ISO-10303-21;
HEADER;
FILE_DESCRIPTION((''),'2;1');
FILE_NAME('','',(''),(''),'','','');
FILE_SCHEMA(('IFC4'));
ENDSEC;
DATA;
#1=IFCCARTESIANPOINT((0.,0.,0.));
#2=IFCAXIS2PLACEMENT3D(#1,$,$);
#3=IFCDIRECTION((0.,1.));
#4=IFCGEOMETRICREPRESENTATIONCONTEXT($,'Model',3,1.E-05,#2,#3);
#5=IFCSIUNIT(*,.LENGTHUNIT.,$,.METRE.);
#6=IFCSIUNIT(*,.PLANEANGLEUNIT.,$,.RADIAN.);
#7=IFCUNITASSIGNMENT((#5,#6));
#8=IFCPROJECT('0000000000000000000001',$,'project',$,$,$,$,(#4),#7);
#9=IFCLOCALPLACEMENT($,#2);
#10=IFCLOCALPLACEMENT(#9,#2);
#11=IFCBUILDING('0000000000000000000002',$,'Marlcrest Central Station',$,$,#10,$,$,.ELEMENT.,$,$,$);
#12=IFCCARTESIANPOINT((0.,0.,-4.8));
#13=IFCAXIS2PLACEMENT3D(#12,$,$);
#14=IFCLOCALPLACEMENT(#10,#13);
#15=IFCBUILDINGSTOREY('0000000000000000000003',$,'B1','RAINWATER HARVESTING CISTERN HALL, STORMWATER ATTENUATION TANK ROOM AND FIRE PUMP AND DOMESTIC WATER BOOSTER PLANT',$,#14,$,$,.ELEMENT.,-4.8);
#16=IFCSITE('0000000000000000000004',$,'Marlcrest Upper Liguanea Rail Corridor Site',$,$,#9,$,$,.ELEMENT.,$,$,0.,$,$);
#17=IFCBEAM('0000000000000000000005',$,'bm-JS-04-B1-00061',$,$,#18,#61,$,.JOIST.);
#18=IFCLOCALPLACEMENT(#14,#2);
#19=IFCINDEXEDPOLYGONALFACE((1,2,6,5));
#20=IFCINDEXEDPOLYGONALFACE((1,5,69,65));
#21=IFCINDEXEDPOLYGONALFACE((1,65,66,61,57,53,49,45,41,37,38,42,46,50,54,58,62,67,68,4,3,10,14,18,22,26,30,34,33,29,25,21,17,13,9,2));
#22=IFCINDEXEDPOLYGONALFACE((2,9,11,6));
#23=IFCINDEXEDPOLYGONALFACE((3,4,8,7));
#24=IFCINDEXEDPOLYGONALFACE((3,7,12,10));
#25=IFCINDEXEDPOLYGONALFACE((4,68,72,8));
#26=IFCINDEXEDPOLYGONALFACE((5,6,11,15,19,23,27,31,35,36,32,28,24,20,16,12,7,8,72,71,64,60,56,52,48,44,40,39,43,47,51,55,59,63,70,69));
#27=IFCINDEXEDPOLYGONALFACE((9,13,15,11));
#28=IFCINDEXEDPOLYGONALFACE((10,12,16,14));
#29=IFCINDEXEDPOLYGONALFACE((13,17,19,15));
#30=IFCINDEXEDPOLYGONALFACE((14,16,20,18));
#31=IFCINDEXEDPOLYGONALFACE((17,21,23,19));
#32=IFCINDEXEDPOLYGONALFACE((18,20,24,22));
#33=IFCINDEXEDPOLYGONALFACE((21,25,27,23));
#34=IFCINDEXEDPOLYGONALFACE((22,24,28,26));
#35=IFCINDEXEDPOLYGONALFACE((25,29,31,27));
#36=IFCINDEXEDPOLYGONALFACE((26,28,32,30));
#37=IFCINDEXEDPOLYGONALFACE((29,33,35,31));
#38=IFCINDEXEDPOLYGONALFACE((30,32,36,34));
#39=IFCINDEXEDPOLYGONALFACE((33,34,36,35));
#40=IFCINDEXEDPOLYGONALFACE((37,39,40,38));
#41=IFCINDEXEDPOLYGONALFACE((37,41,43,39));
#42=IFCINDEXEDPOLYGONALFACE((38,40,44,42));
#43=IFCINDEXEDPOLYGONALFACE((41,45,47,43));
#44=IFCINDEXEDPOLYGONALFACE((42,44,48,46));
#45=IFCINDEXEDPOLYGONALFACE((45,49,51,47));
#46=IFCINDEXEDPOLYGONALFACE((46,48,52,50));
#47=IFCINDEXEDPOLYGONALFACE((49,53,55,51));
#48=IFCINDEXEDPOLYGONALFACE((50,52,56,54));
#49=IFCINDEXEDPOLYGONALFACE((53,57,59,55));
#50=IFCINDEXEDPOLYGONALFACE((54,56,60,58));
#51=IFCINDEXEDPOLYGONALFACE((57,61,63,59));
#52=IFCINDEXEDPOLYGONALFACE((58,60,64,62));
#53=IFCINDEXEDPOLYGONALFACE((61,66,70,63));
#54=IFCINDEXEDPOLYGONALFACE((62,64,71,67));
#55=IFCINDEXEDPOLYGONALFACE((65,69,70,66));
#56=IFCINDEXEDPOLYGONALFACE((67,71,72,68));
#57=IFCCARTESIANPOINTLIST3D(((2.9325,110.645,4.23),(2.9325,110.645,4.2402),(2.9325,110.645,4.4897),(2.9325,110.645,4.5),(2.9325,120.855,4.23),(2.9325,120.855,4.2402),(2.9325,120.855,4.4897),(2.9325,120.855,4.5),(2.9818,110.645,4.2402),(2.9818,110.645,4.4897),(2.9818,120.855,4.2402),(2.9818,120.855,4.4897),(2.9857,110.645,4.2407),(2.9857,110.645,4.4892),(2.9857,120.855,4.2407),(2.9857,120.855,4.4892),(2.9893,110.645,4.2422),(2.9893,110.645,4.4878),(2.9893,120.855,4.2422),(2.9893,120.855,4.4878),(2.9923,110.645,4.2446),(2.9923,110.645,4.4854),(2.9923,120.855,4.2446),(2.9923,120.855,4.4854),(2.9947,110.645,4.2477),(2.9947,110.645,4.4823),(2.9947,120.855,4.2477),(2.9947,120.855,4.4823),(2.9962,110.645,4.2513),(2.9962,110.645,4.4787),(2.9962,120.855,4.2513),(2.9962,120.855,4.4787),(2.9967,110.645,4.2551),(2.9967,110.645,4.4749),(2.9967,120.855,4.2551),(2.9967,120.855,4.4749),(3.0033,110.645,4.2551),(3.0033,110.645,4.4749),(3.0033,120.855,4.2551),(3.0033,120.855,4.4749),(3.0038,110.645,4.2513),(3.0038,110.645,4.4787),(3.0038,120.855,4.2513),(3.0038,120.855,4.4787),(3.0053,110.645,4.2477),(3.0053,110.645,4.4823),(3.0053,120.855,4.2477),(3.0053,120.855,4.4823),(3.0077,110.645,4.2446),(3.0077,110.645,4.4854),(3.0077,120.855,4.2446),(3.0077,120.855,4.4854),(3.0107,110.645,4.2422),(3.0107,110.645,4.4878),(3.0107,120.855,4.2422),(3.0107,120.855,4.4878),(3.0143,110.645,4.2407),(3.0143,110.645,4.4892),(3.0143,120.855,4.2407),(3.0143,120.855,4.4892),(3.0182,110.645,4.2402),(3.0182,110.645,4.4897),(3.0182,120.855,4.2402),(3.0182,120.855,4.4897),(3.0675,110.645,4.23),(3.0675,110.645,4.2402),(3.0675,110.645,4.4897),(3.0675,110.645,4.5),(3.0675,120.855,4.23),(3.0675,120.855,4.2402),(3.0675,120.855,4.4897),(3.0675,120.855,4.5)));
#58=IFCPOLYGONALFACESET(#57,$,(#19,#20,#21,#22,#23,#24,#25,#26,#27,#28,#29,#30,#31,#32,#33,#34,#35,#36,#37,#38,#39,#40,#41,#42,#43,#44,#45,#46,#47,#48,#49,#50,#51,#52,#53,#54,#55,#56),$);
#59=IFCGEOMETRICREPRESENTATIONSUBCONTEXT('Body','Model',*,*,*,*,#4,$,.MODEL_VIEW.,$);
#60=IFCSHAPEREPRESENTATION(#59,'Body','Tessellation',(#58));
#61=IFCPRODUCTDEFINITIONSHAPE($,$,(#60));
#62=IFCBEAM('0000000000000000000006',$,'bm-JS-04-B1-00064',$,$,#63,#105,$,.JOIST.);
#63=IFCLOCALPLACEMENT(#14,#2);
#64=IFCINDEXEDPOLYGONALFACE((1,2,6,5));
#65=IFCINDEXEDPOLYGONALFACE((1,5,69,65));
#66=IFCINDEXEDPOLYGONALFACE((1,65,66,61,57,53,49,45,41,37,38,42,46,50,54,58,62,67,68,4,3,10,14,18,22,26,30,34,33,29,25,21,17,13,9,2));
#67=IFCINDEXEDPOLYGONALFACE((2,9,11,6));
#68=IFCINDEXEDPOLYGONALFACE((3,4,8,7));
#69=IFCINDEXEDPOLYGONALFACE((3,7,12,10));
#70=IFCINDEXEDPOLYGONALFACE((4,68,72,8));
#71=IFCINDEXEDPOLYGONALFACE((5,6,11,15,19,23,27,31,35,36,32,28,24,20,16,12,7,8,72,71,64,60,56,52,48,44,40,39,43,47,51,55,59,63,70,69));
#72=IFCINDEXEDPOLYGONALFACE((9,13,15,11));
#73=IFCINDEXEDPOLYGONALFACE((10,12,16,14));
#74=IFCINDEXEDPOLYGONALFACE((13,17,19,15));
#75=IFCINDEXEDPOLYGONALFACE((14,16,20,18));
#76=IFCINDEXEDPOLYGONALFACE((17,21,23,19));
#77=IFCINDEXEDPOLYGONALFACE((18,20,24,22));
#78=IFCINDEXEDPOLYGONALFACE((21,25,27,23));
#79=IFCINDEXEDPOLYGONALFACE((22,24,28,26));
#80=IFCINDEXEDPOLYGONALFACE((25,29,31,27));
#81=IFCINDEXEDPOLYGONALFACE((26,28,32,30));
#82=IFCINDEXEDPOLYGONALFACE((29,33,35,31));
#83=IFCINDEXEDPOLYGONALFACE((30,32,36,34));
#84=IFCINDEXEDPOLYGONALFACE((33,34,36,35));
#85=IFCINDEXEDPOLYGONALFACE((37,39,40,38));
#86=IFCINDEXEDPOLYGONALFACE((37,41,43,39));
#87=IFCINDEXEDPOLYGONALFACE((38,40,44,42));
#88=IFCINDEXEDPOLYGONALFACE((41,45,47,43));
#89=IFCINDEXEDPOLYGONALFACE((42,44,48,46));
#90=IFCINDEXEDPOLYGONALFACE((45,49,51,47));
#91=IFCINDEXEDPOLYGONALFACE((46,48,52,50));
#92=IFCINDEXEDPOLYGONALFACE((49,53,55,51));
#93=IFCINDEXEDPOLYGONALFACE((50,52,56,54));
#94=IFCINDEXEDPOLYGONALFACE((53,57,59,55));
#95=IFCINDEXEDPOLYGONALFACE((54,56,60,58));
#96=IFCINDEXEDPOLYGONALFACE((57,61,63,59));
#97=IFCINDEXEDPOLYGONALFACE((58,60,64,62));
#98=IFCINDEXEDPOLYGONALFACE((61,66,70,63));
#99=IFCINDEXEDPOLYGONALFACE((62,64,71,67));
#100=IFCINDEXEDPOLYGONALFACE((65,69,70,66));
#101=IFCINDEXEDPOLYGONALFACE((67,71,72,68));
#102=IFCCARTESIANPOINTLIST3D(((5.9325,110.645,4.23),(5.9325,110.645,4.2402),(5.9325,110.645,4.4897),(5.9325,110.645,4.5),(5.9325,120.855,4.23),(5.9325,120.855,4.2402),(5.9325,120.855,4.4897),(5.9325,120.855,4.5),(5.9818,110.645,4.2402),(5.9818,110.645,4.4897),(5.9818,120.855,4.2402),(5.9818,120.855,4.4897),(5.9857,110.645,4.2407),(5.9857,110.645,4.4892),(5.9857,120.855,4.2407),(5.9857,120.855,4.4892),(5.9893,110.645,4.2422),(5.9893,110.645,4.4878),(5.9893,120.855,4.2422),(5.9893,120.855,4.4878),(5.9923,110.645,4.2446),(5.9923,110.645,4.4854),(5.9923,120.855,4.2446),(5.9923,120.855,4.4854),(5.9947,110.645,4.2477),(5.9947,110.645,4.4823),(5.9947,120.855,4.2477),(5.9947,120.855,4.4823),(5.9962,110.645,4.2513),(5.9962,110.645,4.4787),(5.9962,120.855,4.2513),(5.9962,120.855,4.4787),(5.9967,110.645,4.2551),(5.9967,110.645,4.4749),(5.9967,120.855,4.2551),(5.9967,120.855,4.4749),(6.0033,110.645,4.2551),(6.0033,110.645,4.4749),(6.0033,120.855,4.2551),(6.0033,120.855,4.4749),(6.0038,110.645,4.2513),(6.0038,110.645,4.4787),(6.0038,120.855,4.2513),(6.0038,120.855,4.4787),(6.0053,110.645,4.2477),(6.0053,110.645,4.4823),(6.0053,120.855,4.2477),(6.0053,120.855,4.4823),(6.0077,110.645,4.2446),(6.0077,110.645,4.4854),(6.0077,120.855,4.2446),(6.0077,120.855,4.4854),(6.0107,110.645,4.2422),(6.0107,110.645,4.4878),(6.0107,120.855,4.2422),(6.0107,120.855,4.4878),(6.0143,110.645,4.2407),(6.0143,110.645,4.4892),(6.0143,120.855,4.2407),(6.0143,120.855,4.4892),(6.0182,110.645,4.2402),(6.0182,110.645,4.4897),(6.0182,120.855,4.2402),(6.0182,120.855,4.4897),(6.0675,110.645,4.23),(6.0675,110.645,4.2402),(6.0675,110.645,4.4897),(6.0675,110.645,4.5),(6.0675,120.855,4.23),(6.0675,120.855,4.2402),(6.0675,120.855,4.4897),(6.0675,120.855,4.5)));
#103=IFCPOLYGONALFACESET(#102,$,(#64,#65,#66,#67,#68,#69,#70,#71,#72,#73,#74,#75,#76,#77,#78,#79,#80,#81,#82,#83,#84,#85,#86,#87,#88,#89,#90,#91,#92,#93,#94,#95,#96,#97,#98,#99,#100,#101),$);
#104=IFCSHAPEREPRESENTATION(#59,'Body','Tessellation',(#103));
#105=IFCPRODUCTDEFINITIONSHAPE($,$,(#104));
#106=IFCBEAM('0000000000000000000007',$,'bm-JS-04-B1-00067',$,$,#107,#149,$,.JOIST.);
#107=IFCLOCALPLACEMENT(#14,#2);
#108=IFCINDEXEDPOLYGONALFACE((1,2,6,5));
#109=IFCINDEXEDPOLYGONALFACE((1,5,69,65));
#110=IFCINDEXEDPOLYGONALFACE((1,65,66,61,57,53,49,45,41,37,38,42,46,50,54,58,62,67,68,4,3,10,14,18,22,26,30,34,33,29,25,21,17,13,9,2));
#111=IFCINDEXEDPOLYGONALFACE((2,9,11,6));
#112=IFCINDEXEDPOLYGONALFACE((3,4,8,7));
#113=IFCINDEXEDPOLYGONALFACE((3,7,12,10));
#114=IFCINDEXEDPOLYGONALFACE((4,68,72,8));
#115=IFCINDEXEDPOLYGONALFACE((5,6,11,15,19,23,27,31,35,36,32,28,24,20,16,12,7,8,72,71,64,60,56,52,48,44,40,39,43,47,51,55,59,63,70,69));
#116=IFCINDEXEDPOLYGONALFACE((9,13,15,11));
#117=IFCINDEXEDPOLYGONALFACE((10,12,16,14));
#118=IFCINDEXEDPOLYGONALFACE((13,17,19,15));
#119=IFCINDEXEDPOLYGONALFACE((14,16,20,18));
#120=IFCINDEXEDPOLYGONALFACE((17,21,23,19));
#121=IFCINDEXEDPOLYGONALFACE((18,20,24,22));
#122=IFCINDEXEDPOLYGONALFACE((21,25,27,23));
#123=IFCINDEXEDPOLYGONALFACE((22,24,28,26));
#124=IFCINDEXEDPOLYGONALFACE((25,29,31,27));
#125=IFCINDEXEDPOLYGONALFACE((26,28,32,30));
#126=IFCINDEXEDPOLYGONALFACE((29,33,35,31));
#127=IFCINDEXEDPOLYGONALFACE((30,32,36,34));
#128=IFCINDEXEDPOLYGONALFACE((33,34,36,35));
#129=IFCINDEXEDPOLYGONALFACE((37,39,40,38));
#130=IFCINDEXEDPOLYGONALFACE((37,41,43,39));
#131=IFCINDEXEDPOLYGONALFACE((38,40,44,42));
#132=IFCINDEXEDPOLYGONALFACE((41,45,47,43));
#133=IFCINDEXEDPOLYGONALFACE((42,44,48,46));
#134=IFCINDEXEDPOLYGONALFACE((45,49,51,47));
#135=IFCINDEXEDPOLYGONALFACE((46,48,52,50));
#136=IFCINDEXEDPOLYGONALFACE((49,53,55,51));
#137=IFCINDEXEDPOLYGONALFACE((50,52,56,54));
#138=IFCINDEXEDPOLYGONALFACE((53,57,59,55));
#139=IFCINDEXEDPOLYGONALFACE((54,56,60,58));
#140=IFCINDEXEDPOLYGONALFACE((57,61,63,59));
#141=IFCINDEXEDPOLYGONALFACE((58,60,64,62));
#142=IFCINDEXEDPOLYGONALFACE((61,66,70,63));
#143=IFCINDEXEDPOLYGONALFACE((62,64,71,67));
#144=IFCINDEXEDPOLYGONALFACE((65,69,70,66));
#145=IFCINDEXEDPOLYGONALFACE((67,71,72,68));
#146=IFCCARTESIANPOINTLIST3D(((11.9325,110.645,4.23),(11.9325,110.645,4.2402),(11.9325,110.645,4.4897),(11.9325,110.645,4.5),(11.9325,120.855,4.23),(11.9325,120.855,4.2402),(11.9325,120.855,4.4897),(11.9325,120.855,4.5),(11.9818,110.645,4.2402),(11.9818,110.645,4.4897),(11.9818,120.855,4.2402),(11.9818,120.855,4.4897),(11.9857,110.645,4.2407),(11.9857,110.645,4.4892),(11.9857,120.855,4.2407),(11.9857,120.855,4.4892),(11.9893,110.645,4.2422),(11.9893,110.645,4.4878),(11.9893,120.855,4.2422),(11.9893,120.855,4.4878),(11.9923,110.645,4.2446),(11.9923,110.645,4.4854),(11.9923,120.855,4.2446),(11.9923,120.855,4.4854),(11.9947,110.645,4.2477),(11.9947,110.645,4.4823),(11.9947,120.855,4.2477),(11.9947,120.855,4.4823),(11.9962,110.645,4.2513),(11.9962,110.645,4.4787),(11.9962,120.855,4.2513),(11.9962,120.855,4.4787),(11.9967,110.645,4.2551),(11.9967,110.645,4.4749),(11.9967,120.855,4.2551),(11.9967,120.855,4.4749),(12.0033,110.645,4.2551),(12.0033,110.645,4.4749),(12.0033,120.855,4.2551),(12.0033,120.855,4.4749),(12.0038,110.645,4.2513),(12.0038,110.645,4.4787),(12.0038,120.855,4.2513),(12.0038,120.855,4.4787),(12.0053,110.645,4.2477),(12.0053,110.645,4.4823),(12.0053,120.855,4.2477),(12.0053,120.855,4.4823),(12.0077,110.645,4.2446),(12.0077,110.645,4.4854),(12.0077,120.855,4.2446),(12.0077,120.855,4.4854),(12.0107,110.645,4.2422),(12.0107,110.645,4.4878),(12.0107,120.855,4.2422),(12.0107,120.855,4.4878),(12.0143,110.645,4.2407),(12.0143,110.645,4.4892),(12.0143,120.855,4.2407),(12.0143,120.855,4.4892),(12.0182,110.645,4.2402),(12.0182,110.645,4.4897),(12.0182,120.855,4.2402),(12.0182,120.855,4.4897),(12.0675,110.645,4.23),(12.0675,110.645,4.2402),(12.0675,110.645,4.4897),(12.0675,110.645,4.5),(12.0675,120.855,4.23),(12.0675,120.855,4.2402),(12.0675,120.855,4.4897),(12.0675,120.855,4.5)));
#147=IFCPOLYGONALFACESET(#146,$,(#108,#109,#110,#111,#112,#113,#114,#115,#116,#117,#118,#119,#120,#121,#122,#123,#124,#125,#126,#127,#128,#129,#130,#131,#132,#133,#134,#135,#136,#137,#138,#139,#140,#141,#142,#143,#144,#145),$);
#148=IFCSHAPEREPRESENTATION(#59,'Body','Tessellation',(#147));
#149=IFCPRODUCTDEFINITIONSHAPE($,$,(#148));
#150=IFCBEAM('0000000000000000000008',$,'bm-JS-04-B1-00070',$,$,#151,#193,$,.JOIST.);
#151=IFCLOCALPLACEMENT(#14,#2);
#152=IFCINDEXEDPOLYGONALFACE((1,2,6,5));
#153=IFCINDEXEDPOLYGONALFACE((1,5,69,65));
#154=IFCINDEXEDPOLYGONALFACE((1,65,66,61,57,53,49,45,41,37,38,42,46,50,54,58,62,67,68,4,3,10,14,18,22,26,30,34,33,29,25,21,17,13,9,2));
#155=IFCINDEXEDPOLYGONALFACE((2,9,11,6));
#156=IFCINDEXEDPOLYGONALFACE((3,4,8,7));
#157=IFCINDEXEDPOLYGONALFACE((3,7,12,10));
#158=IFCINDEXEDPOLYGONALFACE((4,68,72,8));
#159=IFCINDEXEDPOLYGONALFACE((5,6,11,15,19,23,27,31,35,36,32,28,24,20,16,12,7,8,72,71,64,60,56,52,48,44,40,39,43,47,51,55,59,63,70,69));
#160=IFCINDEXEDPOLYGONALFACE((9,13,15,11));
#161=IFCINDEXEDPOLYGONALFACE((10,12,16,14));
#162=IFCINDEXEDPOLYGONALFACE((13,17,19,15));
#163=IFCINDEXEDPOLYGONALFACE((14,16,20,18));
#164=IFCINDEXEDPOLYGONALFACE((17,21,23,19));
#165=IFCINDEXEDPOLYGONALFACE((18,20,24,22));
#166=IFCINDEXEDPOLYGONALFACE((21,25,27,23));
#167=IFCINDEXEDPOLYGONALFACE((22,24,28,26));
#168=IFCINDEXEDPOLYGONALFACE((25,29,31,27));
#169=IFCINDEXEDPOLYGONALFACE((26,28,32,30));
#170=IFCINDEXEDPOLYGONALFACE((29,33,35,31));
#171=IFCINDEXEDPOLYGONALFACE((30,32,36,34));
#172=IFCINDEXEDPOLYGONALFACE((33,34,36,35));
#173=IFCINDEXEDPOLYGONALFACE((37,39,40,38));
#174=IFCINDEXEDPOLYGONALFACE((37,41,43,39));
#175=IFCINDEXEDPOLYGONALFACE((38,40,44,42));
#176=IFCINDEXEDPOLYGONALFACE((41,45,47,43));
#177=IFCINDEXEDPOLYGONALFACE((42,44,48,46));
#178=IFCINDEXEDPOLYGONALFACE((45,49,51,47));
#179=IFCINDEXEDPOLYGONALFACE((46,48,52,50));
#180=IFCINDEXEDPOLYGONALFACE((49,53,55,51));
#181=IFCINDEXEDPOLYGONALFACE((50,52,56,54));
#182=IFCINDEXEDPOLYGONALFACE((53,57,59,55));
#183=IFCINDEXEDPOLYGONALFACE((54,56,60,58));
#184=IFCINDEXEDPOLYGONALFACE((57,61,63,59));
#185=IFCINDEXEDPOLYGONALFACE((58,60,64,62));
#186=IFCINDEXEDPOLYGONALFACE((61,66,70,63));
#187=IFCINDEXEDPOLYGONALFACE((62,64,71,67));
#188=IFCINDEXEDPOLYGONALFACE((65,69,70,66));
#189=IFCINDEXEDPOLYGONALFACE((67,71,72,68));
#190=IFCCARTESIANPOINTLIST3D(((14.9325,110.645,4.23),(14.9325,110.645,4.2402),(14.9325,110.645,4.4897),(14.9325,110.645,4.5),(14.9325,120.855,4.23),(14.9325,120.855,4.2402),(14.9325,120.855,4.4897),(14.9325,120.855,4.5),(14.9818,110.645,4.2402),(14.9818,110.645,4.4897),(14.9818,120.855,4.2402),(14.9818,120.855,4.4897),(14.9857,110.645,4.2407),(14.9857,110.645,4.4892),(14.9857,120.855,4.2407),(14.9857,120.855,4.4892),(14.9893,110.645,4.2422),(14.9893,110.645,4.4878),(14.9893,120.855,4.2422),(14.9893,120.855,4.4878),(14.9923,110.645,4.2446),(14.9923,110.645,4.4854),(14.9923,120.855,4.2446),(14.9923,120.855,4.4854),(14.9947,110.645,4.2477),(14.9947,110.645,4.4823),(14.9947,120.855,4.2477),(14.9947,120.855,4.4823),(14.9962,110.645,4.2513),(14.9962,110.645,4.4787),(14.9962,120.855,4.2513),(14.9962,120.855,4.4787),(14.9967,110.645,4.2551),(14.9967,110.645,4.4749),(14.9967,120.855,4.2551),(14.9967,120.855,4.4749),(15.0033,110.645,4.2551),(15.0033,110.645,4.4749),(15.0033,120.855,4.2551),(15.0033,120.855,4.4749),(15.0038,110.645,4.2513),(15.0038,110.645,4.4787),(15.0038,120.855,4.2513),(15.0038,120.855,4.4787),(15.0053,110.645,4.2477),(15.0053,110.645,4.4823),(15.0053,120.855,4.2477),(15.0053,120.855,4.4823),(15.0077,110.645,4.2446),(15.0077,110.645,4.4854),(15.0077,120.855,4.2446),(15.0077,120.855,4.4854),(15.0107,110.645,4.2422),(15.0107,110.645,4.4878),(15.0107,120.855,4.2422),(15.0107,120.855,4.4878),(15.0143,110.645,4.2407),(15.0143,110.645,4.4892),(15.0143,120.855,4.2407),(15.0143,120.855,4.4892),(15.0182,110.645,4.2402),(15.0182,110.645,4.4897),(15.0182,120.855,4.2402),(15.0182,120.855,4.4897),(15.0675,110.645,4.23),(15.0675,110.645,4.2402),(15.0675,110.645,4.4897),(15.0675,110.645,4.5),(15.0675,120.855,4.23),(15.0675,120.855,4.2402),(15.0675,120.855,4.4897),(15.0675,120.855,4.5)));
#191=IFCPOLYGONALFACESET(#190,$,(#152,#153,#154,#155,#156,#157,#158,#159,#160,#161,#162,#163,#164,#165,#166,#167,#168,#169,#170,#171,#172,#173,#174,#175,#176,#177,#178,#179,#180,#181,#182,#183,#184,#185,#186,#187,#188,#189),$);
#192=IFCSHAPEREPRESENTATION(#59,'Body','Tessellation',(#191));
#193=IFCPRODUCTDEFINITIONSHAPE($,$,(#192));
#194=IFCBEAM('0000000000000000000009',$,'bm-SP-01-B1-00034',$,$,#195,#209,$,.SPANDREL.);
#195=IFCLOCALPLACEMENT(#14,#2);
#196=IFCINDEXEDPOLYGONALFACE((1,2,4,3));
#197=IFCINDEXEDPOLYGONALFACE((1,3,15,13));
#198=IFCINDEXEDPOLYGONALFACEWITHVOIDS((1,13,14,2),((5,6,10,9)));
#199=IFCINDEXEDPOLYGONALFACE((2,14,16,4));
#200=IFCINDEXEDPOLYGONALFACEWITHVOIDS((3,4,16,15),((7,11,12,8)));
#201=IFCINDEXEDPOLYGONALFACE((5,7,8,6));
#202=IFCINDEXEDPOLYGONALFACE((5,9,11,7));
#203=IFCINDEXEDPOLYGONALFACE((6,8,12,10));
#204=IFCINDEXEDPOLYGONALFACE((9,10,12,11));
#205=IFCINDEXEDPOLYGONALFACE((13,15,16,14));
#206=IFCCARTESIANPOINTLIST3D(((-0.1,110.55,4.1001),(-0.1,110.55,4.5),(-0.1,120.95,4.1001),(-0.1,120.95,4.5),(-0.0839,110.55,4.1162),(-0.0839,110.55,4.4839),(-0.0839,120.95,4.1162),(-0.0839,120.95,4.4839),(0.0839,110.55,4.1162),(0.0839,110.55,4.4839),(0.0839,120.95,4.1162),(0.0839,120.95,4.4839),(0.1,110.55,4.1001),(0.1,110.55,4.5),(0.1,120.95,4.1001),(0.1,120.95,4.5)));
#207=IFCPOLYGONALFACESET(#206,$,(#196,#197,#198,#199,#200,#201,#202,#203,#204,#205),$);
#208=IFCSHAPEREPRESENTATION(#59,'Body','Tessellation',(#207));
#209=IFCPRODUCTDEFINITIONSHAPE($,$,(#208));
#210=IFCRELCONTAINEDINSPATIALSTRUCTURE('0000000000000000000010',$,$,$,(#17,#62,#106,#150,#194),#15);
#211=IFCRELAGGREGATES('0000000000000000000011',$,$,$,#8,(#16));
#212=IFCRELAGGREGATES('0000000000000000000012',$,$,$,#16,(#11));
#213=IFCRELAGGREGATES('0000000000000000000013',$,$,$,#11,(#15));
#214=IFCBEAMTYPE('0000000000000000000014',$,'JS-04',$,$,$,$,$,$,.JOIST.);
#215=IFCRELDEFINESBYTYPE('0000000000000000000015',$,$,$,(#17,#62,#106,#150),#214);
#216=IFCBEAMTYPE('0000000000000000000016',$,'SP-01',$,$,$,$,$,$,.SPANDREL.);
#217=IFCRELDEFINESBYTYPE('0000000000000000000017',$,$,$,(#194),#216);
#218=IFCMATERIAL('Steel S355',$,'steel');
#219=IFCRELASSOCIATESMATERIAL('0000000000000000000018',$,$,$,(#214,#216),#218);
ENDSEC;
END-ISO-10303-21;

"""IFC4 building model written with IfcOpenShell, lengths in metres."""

from ifc_helpers import new_model, si_unit, direction, frame, origin, origin_2d, place, context, subcontext, project, spatial, hollow_rectangle, i_section, extrude, material, material_profile, profile_set, type_object, element, save


model = new_model("IFC4")

# Units and contexts
model_context = context("Model", 3, precision=1e-05, world=origin(), true_north=direction((0.0, 1.0)))
body_context = subcontext(model_context, "Body", "Model", "MODEL_VIEW")
ifc_project = project(units=[si_unit("LENGTHUNIT", "METRE"), si_unit("PLANEANGLEUNIT", "RADIAN")], contexts=[model_context])

# Site, building, storey
site_placement = place(None, origin())
site = spatial("IfcSite", under=ifc_project, at=site_placement, Name="Marlcrest Upper Liguanea Rail Corridor Site", CompositionType="ELEMENT", RefElevation=0.0)
building_placement = place(site_placement, origin())
building = spatial("IfcBuilding", under=site, at=building_placement, Name="Marlcrest Central Station", CompositionType="ELEMENT")
storey_placement = place(building_placement, frame((0.0, 0.0, -4.8)))
storey = spatial("IfcBuildingStorey", under=building, at=storey_placement, Name="B1", Description="RAINWATER HARVESTING CISTERN HALL, STORMWATER ATTENUATION TANK ROOM AND FIRE PUMP AND DOMESTIC WATER BOOSTER PLANT", CompositionType="ELEMENT", Elevation=-4.8)

# Shared definitions
ifc_material_1 = material(Name="Steel S355", Category="steel")

# Beams
ifc_material_profile_1 = material_profile(ifc_material_1, i_section(OverallWidth=0.135, OverallDepth=0.27, WebThickness=0.0066, FlangeThickness=0.0103, FilletRadius=0.0149, at=origin_2d()), Name="IPE 270")
ifc_profile_set_1 = profile_set([ifc_material_profile_1], Name="Steel S355")
beam_type_1 = type_object("IfcBeamType", Name="JS-04", PredefinedType="JOIST", material=ifc_profile_set_1)
for number, where, z_axis, x_axis, name in (
    (1, (3.0, 110.645, 4.365), (0.0, 1.0, 0.0), (-1.0, 0.0, 0.0), "bm-JS-04-B1-00061"),
    (2, (6.0, 110.645, 4.365), (0.0, 1.0, 0.0), (-1.0, 0.0, 0.0), "bm-JS-04-B1-00064"),
    (3, (12.0, 110.645, 4.365), (0.0, 1.0, 0.0), (-1.0, 0.0, 0.0), "bm-JS-04-B1-00067"),
    (4, (15.0, 110.645, 4.365), (0.0, 1.0, 0.0), (-1.0, 0.0, 0.0), "bm-JS-04-B1-00070"),
):
    element("IfcBeam", number, at=place(storey_placement, frame(where, z_axis=z_axis, x_axis=x_axis)), inside=storey, type_object=beam_type_1, Name=name, PredefinedType="JOIST", context=body_context, shape_type="SweptSolid", body=[
        extrude(i_section(OverallWidth=0.135, OverallDepth=0.27, WebThickness=0.0066, FlangeThickness=0.0103, FilletRadius=0.0149, at=origin_2d()), origin(), (0.0, 0.0, 1.0), 10.21),
    ])
ifc_material_profile_2 = material_profile(ifc_material_1, hollow_rectangle(XDim=0.2, YDim=0.3999, WallThickness=0.0161, at=origin_2d()), Name="RHS 400x200x16")
ifc_profile_set_2 = profile_set([ifc_material_profile_2], Name="Steel S355")
beam_type_2 = type_object("IfcBeamType", Name="SP-01", PredefinedType="SPANDREL", material=ifc_profile_set_2)
beam_placement = place(storey_placement, frame((0.0, 110.55, 4.3), z_axis=(0.0, 1.0, 0.0), x_axis=(-1.0, 0.0, 0.0)))
element("IfcBeam", 5, at=beam_placement, inside=storey, type_object=beam_type_2, Name="bm-SP-01-B1-00034", PredefinedType="SPANDREL", context=body_context, shape_type="SweptSolid", body=[
    extrude(hollow_rectangle(XDim=0.2, YDim=0.3999, WallThickness=0.0161, at=origin_2d()), origin(), (0.0, 0.0, 1.0), 10.3999),
])

save(model, "model.ifc")
